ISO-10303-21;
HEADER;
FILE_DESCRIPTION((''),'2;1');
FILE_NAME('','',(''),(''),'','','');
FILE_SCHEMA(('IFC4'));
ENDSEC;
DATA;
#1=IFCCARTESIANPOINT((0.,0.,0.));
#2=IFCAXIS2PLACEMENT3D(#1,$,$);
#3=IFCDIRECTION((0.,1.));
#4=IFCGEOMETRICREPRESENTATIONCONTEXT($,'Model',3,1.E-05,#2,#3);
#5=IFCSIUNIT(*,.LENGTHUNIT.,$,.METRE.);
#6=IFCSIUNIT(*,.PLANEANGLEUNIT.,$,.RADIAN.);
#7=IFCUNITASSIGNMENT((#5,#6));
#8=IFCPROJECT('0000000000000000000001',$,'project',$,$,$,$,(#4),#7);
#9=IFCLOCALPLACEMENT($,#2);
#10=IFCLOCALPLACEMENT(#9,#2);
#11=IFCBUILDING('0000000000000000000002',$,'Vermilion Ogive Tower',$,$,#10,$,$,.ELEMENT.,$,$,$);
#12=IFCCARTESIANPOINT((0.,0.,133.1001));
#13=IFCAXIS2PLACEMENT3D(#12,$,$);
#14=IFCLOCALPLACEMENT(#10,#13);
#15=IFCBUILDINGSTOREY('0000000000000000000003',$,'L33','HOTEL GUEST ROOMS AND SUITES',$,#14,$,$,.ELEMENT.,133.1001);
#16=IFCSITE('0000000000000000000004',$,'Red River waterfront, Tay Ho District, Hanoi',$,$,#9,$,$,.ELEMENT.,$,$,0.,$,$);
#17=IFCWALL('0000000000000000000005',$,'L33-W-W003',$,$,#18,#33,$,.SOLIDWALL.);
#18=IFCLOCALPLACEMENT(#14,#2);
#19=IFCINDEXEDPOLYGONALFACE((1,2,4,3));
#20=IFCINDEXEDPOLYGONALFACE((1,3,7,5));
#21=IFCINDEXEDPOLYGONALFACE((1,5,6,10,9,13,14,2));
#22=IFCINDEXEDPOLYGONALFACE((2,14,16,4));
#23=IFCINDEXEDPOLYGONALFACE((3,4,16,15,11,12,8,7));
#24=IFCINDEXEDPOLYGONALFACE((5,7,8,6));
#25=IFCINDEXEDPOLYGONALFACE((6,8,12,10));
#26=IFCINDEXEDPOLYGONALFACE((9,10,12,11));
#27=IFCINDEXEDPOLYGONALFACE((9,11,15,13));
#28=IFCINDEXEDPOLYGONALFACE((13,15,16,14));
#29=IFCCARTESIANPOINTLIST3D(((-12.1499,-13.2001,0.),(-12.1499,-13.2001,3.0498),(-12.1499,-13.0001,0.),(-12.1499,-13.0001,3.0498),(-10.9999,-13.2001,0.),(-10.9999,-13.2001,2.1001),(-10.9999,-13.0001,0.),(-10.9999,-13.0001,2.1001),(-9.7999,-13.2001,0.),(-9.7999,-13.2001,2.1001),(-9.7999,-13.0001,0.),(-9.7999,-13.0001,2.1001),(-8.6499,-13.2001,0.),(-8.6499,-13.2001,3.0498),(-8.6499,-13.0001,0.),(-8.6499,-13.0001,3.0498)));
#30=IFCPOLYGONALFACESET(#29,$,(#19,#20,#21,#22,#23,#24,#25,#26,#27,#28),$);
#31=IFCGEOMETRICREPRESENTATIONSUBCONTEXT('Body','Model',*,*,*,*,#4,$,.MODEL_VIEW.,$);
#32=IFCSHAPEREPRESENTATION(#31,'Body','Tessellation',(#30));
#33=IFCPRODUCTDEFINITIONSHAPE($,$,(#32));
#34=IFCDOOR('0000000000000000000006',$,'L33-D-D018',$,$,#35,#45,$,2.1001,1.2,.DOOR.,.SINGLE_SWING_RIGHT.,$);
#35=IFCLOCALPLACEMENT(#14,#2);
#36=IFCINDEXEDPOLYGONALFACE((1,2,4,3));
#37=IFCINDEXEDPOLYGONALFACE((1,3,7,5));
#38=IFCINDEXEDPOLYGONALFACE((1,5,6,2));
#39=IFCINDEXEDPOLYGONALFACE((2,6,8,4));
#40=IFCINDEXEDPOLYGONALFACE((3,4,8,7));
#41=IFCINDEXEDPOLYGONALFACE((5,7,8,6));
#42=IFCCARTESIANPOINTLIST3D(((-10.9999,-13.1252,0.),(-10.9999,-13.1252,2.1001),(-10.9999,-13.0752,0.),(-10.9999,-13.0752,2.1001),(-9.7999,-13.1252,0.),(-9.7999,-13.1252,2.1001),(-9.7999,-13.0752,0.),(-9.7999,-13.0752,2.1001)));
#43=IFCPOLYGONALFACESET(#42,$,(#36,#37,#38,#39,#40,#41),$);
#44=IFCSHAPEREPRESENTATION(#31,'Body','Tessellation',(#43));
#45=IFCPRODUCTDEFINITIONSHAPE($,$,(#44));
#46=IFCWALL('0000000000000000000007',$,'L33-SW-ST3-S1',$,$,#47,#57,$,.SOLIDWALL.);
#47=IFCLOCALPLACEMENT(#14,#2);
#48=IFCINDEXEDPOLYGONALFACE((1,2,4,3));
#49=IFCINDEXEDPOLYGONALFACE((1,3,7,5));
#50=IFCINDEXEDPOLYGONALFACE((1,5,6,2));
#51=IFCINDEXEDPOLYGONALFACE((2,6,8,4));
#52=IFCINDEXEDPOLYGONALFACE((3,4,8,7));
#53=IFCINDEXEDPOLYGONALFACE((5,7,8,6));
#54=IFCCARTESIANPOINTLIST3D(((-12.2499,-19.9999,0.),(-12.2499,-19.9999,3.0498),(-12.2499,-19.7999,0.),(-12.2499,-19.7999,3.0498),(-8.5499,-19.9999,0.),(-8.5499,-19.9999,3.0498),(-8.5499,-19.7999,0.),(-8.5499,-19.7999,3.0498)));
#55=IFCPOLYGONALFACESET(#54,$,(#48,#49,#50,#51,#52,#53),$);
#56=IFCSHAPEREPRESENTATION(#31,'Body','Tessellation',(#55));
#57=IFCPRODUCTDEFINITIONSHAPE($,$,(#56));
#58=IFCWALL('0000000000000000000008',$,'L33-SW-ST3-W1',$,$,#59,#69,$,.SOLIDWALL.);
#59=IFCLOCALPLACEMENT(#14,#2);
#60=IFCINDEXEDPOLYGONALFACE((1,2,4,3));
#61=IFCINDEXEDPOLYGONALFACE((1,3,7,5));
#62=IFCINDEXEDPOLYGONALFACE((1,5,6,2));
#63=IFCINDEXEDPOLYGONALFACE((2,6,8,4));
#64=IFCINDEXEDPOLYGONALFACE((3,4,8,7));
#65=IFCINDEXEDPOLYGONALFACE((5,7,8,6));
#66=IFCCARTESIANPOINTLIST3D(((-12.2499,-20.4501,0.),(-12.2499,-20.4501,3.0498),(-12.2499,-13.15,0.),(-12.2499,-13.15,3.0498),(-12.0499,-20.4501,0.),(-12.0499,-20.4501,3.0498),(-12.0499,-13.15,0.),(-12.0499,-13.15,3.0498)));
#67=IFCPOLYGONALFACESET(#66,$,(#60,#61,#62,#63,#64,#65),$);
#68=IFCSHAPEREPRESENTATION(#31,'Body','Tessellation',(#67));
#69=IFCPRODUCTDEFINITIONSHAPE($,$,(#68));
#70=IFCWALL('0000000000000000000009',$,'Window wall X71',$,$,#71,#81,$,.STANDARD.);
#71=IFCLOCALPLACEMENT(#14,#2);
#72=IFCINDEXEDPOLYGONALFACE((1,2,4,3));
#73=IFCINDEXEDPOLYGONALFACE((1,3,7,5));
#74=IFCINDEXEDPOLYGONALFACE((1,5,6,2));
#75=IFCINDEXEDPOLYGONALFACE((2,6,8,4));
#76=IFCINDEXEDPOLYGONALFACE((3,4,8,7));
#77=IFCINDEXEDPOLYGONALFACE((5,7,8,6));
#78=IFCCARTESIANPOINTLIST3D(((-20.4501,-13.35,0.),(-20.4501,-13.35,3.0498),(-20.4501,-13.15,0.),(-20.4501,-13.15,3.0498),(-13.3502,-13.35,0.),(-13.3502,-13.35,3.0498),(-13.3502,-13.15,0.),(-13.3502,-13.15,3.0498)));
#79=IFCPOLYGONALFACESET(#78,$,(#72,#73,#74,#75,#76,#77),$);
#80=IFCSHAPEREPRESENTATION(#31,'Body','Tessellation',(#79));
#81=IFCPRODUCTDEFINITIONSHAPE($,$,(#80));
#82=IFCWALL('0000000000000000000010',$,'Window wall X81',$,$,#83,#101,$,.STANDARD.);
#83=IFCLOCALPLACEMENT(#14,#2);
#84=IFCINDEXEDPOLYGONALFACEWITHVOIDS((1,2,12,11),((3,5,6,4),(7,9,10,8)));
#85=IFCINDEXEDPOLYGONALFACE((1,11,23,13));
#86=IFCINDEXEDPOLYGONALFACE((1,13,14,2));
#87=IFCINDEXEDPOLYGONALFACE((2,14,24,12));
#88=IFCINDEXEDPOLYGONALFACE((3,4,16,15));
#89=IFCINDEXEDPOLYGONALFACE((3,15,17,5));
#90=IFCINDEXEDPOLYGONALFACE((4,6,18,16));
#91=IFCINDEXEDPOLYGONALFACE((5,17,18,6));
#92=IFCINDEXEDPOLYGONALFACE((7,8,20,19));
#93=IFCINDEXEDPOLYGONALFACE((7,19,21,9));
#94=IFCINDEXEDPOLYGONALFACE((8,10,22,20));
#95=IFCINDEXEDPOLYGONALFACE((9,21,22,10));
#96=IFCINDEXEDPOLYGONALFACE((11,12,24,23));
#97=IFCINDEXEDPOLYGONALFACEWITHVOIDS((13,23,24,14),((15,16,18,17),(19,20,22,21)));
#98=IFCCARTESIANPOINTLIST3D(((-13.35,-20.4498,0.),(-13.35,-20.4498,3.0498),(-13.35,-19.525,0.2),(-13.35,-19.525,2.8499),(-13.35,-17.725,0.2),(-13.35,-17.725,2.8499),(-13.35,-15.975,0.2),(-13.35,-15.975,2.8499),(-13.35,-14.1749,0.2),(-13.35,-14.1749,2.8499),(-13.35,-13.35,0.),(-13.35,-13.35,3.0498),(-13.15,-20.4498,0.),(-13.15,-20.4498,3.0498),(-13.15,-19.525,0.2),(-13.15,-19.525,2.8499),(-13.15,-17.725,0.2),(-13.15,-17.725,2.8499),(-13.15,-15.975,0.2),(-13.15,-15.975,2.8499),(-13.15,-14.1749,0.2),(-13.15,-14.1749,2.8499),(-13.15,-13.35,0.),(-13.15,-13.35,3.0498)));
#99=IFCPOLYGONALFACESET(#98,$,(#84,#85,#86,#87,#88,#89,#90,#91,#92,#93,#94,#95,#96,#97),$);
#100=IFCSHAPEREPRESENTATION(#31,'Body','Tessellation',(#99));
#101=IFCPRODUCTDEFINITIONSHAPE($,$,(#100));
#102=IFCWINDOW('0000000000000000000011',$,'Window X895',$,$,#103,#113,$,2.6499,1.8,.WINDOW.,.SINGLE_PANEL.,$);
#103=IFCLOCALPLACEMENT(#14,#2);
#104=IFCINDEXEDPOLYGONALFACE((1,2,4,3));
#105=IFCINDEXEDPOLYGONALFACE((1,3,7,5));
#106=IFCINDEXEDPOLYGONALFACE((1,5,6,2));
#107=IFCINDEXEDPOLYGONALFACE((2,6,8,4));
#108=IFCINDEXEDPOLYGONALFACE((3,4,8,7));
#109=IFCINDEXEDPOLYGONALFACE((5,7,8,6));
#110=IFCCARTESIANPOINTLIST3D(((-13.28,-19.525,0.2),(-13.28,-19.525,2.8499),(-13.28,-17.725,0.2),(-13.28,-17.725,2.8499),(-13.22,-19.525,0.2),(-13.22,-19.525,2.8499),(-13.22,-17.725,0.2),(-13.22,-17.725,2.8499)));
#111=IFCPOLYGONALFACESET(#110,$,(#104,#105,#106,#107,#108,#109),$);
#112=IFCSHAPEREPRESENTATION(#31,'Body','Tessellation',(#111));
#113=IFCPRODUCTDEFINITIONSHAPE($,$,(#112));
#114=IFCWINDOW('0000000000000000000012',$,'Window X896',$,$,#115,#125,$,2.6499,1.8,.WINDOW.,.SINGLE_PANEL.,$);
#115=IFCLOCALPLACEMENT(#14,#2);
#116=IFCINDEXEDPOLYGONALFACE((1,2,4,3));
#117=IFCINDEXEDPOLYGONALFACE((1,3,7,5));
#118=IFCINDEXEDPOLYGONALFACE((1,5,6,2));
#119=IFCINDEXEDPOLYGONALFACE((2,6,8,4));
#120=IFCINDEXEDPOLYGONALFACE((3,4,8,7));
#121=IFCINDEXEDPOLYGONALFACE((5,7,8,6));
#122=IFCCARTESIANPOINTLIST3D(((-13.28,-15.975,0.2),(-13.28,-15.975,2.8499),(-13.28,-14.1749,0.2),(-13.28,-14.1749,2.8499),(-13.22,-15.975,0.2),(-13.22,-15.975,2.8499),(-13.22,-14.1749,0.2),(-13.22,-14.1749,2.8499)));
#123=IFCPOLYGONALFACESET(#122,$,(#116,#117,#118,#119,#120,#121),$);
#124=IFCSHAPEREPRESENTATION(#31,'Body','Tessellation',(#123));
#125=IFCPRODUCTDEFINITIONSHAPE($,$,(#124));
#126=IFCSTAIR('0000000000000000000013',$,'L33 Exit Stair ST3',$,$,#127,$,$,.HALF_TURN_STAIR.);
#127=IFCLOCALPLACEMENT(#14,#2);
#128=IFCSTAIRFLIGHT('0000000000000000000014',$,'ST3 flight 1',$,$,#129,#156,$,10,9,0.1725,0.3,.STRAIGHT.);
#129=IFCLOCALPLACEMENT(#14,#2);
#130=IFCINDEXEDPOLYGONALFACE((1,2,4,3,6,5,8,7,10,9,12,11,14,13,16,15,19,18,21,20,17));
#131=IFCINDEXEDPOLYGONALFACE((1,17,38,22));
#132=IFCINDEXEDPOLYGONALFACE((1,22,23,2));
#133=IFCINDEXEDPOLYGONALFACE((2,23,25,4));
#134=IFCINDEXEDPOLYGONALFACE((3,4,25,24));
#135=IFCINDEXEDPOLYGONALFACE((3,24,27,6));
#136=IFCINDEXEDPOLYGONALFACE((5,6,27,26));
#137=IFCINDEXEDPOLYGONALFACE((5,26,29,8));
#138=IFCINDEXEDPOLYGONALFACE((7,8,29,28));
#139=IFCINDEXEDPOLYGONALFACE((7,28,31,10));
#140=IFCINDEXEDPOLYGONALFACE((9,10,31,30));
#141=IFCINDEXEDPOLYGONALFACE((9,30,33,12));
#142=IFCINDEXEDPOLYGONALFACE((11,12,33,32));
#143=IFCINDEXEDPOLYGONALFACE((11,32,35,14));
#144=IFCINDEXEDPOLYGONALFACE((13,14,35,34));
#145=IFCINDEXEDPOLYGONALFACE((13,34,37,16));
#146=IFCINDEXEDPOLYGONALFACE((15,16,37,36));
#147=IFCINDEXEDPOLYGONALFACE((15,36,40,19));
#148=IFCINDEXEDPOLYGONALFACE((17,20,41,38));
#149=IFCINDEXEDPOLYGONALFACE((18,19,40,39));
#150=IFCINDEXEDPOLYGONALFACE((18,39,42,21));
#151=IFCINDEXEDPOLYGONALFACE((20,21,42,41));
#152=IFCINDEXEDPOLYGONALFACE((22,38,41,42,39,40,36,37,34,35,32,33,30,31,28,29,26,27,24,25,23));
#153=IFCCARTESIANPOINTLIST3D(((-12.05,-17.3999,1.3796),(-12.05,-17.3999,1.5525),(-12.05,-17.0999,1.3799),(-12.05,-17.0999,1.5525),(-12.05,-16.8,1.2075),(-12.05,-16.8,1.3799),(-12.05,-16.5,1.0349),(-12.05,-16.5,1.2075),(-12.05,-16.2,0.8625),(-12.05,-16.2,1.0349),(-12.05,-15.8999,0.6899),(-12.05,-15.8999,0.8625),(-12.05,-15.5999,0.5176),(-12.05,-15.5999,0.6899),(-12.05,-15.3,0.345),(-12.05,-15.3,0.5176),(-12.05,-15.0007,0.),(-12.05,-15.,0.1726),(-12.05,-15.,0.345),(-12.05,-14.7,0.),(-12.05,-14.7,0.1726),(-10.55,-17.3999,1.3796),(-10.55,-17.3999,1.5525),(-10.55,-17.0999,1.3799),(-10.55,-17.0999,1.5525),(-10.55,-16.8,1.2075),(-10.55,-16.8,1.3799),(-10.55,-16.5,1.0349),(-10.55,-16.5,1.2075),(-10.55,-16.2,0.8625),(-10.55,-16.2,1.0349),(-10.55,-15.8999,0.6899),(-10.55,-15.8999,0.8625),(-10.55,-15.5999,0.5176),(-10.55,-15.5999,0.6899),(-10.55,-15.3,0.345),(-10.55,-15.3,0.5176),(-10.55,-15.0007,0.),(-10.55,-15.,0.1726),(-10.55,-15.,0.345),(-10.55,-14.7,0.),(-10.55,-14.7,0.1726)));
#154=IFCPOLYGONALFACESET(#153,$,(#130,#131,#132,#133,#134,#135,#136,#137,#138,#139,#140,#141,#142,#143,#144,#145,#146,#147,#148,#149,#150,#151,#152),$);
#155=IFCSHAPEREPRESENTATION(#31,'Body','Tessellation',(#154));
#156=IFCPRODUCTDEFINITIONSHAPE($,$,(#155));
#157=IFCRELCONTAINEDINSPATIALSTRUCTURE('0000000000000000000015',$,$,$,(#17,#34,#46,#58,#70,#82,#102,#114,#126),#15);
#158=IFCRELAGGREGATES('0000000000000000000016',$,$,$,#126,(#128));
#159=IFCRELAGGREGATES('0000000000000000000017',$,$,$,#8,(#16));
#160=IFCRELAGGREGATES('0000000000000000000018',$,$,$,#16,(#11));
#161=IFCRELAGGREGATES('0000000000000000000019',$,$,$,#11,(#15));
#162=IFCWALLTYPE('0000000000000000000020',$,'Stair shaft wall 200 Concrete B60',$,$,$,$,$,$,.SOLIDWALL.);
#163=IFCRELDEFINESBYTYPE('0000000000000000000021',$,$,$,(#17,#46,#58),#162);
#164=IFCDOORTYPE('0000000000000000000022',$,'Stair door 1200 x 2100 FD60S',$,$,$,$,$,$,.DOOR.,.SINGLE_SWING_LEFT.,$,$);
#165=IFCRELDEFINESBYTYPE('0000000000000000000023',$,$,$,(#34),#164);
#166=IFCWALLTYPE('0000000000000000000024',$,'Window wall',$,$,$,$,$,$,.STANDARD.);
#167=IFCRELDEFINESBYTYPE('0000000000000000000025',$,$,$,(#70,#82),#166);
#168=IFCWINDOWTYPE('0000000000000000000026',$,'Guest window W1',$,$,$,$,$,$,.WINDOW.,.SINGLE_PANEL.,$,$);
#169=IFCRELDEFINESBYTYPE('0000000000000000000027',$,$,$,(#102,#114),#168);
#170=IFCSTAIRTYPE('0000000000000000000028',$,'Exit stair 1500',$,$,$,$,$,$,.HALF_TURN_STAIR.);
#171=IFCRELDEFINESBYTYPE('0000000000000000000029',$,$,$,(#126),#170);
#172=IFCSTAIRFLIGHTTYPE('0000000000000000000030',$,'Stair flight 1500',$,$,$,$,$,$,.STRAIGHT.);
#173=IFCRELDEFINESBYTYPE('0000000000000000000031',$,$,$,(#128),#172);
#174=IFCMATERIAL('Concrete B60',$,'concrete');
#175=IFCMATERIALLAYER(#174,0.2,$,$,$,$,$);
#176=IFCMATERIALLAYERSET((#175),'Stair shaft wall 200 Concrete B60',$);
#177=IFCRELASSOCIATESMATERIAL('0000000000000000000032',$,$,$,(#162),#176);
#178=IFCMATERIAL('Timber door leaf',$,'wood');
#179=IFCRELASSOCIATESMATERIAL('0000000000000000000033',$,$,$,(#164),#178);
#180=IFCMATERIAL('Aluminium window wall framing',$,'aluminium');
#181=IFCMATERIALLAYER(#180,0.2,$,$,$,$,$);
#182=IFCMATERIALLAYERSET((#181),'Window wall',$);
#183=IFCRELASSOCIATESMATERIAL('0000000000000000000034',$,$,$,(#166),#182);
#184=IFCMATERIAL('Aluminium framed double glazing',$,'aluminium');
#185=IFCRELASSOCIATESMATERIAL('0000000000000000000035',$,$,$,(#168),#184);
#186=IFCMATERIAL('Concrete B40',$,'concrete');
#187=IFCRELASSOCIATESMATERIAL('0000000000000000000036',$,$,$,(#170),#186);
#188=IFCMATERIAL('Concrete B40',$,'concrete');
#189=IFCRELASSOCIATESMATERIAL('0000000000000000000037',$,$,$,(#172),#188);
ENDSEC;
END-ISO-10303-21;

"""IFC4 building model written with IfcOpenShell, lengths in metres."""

from ifc_helpers import new_model, si_unit, direction, frame, frame_2d, origin, place, context, subcontext, project, spatial, polyline, rectangle, outline, extrude, material, layer, layer_set, type_object, element, fill, aggregate, save


model = new_model("IFC4")

# Units and contexts
model_context = context("Model", 3, precision=1e-05, world=origin(), true_north=direction((0.0, 1.0)))
body_context = subcontext(model_context, "Body", "Model", "MODEL_VIEW")
ifc_project = project(units=[si_unit("LENGTHUNIT", "METRE"), si_unit("PLANEANGLEUNIT", "RADIAN")], contexts=[model_context])

# Site, building, storey
site_placement = place(None, origin())
site = spatial("IfcSite", under=ifc_project, at=site_placement, Name="Red River waterfront, Tay Ho District, Hanoi", CompositionType="ELEMENT", RefElevation=0.0)
building_placement = place(site_placement, origin())
building = spatial("IfcBuilding", under=site, at=building_placement, Name="Vermilion Ogive Tower", CompositionType="ELEMENT")
storey_placement = place(building_placement, frame((0.0, 0.0, 133.1001)))
storey = spatial("IfcBuildingStorey", under=building, at=storey_placement, Name="L33", Description="HOTEL GUEST ROOMS AND SUITES", CompositionType="ELEMENT", Elevation=133.1001)

# Wall, opening, door
ifc_material_1 = material(Name="Concrete B60", Category="concrete")
ifc_layer_1 = layer(ifc_material_1, 0.2)
ifc_layer_set_1 = layer_set([ifc_layer_1], Name="Stair shaft wall 200 Concrete B60")
wall_type_1 = type_object("IfcWallType", Name="Stair shaft wall 200 Concrete B60", PredefinedType="SOLIDWALL", material=ifc_layer_set_1)
wall_1_placement = place(storey_placement, frame((-12.1499, -13.1001, 0.0), z_axis=(0.0, 0.0, 1.0), x_axis=(1.0, 0.0, 0.0)))
wall_1 = element("IfcWall", 1, at=wall_1_placement, inside=storey, type_object=wall_type_1, Name="L33-W-W003", PredefinedType="SOLIDWALL", context=body_context, shape_type="SweptSolid", body=[
    extrude(rectangle(XDim=3.5, YDim=0.2, at=frame_2d((1.75, 0.0))), origin(), (0.0, 0.0, 1.0), 3.0498),
])
opening_1_placement = place(wall_1_placement, frame((1.1499, 0.0, 0.0)))
opening_1 = element("IfcOpeningElement", 2, at=opening_1_placement, cuts=wall_1, PredefinedType="OPENING", context=body_context, shape_type="SweptSolid", body=[
    extrude(rectangle(XDim=1.2, YDim=2.1001, at=frame_2d((0.6001, 1.05))), frame((0.0, 0.1099, 0.0), z_axis=(0.0, -1.0, 0.0), x_axis=(1.0, 0.0, 0.0)), (0.0, 0.0, 1.0), 0.22),
])
ifc_material_2 = material(Name="Timber door leaf", Category="wood")
door_type = type_object("IfcDoorType", Name="Stair door 1200 x 2100 FD60S", OperationType="SINGLE_SWING_LEFT", PredefinedType="DOOR", material=ifc_material_2)
door_placement = place(opening_1_placement, origin())
door = element("IfcDoor", 3, at=door_placement, inside=storey, type_object=door_type, Name="L33-D-D018", OperationType="SINGLE_SWING_RIGHT", OverallHeight=2.1001, OverallWidth=1.2, PredefinedType="DOOR", context=body_context, shape_type="SweptSolid", body=[
    extrude(rectangle(XDim=1.2, YDim=2.1001, at=frame_2d((0.6001, 1.05))), frame((0.0, 0.0249, 0.0), z_axis=(0.0, -1.0, 0.0), x_axis=(1.0, 0.0, 0.0)), (0.0, 0.0, 1.0), 0.05),
])
fill(opening_1, door)

# Walls
wall_2_placement = place(storey_placement, frame((-12.25, -19.8999, 0.0), z_axis=(0.0, 0.0, 1.0), x_axis=(1.0, 0.0, 0.0)))
element("IfcWall", 4, at=wall_2_placement, inside=storey, type_object=wall_type_1, Name="L33-SW-ST3-S1", PredefinedType="SOLIDWALL", context=body_context, shape_type="SweptSolid", body=[
    extrude(rectangle(XDim=3.7, YDim=0.2, at=frame_2d((1.8501, 0.0))), origin(), (0.0, 0.0, 1.0), 3.0498),
])
wall_3_placement = place(storey_placement, frame((-12.1499, -20.45, 0.0), z_axis=(0.0, 0.0, 1.0), x_axis=(0.0, 1.0, 0.0)))
element("IfcWall", 5, at=wall_3_placement, inside=storey, type_object=wall_type_1, Name="L33-SW-ST3-W1", PredefinedType="SOLIDWALL", context=body_context, shape_type="SweptSolid", body=[
    extrude(rectangle(XDim=7.3, YDim=0.2, at=frame_2d((3.6499, 0.0))), origin(), (0.0, 0.0, 1.0), 3.0498),
])
ifc_material_3 = material(Name="Aluminium window wall framing", Category="aluminium")
ifc_layer_2 = layer(ifc_material_3, 0.2)
ifc_layer_set_2 = layer_set([ifc_layer_2], Name="Window wall")
wall_type_2 = type_object("IfcWallType", Name="Window wall", PredefinedType="STANDARD", material=ifc_layer_set_2)
wall_4_placement = place(storey_placement, frame((-20.45, -13.25, 0.0), z_axis=(0.0, 0.0, 1.0), x_axis=(1.0, 0.0, 0.0)))
element("IfcWall", 6, at=wall_4_placement, inside=storey, type_object=wall_type_2, Name="Window wall X71", PredefinedType="STANDARD", context=body_context, shape_type="SweptSolid", body=[
    extrude(rectangle(XDim=7.0999, YDim=0.2, at=frame_2d((3.5498, 0.0))), origin(), (0.0, 0.0, 1.0), 3.0498),
])

# Wall, openings, windows
wall_5_placement = place(storey_placement, frame((-13.25, -13.3501, 0.0), z_axis=(0.0, 0.0, 1.0), x_axis=(0.0, -1.0, 0.0)))
wall_5 = element("IfcWall", 7, at=wall_5_placement, inside=storey, type_object=wall_type_2, Name="Window wall X81", PredefinedType="STANDARD", context=body_context, shape_type="SweptSolid", body=[
    extrude(rectangle(XDim=7.0999, YDim=0.2, at=frame_2d((3.5498, 0.0))), origin(), (0.0, 0.0, 1.0), 3.0498),
])
opening_2_placement = place(wall_5_placement, frame((4.375, 0.0, 0.2)))
opening_2 = element("IfcOpeningElement", 8, at=opening_2_placement, cuts=wall_5, PredefinedType="OPENING", context=body_context, shape_type="SweptSolid", body=[
    extrude(rectangle(XDim=1.8, YDim=2.6499, at=frame_2d((0.8999, 1.325))), frame((0.0, 0.1099, 0.0), z_axis=(0.0, -1.0, 0.0), x_axis=(1.0, 0.0, 0.0)), (0.0, 0.0, 1.0), 0.22),
])
opening_3_placement = place(wall_5_placement, frame((0.825, 0.0, 0.2)))
opening_3 = element("IfcOpeningElement", 9, at=opening_3_placement, cuts=wall_5, PredefinedType="OPENING", context=body_context, shape_type="SweptSolid", body=[
    extrude(rectangle(XDim=1.8, YDim=2.6499, at=frame_2d((0.8999, 1.325))), frame((0.0, 0.1099, 0.0), z_axis=(0.0, -1.0, 0.0), x_axis=(1.0, 0.0, 0.0)), (0.0, 0.0, 1.0), 0.22),
])
ifc_material_4 = material(Name="Aluminium framed double glazing", Category="aluminium")
window_type = type_object("IfcWindowType", Name="Guest window W1", PartitioningType="SINGLE_PANEL", PredefinedType="WINDOW", material=ifc_material_4)
window_1_placement = place(opening_2_placement, origin())
window_1 = element("IfcWindow", 10, at=window_1_placement, inside=storey, type_object=window_type, Name="Window X895", OverallHeight=2.6499, OverallWidth=1.8, PartitioningType="SINGLE_PANEL", PredefinedType="WINDOW", context=body_context, shape_type="SweptSolid", body=[
    extrude(rectangle(XDim=1.8, YDim=2.6499, at=frame_2d((0.8999, 1.325))), frame((0.0, 0.03, 0.0), z_axis=(0.0, -1.0, 0.0), x_axis=(1.0, 0.0, 0.0)), (0.0, 0.0, 1.0), 0.0601),
])
fill(opening_2, window_1)
window_2_placement = place(opening_3_placement, origin())
window_2 = element("IfcWindow", 11, at=window_2_placement, inside=storey, type_object=window_type, Name="Window X896", OverallHeight=2.6499, OverallWidth=1.8, PartitioningType="SINGLE_PANEL", PredefinedType="WINDOW", context=body_context, shape_type="SweptSolid", body=[
    extrude(rectangle(XDim=1.8, YDim=2.6499, at=frame_2d((0.8999, 1.325))), frame((0.0, 0.03, 0.0), z_axis=(0.0, -1.0, 0.0), x_axis=(1.0, 0.0, 0.0)), (0.0, 0.0, 1.0), 0.0601),
])
fill(opening_3, window_2)

# Stair, stair flight
ifc_material_5 = material(Name="Concrete B40", Category="concrete")
stair_type = type_object("IfcStairType", Name="Exit stair 1500", PredefinedType="HALF_TURN_STAIR", material=ifc_material_5)
stair_placement = place(storey_placement, origin())
stair = element("IfcStair", 12, at=stair_placement, inside=storey, type_object=stair_type, Name="L33 Exit Stair ST3", PredefinedType="HALF_TURN_STAIR")
ifc_material_6 = material(Name="Concrete B40", Category="concrete")
stair_flight_type = type_object("IfcStairFlightType", Name="Stair flight 1500", PredefinedType="STRAIGHT", material=ifc_material_6)
stair_flight_1_placement = place(storey_placement, frame((-11.3, -14.7, 0.0), z_axis=(0.0, 0.0, 1.0), x_axis=(0.0, -1.0, 0.0)))
stair_flight_1 = element("IfcStairFlight", 13, at=stair_flight_1_placement, type_object=stair_flight_type, Name="ST3 flight 1", NumberOfRisers=10, NumberOfTreads=9, PredefinedType="STRAIGHT", RiserHeight=0.1725, TreadLength=0.3, context=body_context, shape_type="SweptSolid", body=[
    extrude(outline(polyline([(0.0, 0.0), (0.0, 0.1726), (0.3, 0.1726), (0.3, 0.345), (0.6001, 0.345), (0.6001, 0.5176), (0.8999, 0.5176), (0.8999, 0.6899), (1.2, 0.6899), (1.2, 0.8625), (1.5, 0.8625), (1.5, 1.0349), (1.8, 1.0349), (1.8, 1.2075), (2.1001, 1.2075), (2.1001, 1.3799), (2.3999, 1.3799), (2.3999, 1.5525), (2.7, 1.5525), (2.7, 1.7251), (2.7, 1.3796), (0.3008, 0.0), (0.0, 0.0)])), frame((0.0, 0.75, 0.0), z_axis=(0.0, -1.0, 0.0), x_axis=(1.0, 0.0, 0.0)), (0.0, 0.0, 1.0), 1.5),
])
aggregate(stair, [stair_flight_1])

save(model, "model.ifc")
